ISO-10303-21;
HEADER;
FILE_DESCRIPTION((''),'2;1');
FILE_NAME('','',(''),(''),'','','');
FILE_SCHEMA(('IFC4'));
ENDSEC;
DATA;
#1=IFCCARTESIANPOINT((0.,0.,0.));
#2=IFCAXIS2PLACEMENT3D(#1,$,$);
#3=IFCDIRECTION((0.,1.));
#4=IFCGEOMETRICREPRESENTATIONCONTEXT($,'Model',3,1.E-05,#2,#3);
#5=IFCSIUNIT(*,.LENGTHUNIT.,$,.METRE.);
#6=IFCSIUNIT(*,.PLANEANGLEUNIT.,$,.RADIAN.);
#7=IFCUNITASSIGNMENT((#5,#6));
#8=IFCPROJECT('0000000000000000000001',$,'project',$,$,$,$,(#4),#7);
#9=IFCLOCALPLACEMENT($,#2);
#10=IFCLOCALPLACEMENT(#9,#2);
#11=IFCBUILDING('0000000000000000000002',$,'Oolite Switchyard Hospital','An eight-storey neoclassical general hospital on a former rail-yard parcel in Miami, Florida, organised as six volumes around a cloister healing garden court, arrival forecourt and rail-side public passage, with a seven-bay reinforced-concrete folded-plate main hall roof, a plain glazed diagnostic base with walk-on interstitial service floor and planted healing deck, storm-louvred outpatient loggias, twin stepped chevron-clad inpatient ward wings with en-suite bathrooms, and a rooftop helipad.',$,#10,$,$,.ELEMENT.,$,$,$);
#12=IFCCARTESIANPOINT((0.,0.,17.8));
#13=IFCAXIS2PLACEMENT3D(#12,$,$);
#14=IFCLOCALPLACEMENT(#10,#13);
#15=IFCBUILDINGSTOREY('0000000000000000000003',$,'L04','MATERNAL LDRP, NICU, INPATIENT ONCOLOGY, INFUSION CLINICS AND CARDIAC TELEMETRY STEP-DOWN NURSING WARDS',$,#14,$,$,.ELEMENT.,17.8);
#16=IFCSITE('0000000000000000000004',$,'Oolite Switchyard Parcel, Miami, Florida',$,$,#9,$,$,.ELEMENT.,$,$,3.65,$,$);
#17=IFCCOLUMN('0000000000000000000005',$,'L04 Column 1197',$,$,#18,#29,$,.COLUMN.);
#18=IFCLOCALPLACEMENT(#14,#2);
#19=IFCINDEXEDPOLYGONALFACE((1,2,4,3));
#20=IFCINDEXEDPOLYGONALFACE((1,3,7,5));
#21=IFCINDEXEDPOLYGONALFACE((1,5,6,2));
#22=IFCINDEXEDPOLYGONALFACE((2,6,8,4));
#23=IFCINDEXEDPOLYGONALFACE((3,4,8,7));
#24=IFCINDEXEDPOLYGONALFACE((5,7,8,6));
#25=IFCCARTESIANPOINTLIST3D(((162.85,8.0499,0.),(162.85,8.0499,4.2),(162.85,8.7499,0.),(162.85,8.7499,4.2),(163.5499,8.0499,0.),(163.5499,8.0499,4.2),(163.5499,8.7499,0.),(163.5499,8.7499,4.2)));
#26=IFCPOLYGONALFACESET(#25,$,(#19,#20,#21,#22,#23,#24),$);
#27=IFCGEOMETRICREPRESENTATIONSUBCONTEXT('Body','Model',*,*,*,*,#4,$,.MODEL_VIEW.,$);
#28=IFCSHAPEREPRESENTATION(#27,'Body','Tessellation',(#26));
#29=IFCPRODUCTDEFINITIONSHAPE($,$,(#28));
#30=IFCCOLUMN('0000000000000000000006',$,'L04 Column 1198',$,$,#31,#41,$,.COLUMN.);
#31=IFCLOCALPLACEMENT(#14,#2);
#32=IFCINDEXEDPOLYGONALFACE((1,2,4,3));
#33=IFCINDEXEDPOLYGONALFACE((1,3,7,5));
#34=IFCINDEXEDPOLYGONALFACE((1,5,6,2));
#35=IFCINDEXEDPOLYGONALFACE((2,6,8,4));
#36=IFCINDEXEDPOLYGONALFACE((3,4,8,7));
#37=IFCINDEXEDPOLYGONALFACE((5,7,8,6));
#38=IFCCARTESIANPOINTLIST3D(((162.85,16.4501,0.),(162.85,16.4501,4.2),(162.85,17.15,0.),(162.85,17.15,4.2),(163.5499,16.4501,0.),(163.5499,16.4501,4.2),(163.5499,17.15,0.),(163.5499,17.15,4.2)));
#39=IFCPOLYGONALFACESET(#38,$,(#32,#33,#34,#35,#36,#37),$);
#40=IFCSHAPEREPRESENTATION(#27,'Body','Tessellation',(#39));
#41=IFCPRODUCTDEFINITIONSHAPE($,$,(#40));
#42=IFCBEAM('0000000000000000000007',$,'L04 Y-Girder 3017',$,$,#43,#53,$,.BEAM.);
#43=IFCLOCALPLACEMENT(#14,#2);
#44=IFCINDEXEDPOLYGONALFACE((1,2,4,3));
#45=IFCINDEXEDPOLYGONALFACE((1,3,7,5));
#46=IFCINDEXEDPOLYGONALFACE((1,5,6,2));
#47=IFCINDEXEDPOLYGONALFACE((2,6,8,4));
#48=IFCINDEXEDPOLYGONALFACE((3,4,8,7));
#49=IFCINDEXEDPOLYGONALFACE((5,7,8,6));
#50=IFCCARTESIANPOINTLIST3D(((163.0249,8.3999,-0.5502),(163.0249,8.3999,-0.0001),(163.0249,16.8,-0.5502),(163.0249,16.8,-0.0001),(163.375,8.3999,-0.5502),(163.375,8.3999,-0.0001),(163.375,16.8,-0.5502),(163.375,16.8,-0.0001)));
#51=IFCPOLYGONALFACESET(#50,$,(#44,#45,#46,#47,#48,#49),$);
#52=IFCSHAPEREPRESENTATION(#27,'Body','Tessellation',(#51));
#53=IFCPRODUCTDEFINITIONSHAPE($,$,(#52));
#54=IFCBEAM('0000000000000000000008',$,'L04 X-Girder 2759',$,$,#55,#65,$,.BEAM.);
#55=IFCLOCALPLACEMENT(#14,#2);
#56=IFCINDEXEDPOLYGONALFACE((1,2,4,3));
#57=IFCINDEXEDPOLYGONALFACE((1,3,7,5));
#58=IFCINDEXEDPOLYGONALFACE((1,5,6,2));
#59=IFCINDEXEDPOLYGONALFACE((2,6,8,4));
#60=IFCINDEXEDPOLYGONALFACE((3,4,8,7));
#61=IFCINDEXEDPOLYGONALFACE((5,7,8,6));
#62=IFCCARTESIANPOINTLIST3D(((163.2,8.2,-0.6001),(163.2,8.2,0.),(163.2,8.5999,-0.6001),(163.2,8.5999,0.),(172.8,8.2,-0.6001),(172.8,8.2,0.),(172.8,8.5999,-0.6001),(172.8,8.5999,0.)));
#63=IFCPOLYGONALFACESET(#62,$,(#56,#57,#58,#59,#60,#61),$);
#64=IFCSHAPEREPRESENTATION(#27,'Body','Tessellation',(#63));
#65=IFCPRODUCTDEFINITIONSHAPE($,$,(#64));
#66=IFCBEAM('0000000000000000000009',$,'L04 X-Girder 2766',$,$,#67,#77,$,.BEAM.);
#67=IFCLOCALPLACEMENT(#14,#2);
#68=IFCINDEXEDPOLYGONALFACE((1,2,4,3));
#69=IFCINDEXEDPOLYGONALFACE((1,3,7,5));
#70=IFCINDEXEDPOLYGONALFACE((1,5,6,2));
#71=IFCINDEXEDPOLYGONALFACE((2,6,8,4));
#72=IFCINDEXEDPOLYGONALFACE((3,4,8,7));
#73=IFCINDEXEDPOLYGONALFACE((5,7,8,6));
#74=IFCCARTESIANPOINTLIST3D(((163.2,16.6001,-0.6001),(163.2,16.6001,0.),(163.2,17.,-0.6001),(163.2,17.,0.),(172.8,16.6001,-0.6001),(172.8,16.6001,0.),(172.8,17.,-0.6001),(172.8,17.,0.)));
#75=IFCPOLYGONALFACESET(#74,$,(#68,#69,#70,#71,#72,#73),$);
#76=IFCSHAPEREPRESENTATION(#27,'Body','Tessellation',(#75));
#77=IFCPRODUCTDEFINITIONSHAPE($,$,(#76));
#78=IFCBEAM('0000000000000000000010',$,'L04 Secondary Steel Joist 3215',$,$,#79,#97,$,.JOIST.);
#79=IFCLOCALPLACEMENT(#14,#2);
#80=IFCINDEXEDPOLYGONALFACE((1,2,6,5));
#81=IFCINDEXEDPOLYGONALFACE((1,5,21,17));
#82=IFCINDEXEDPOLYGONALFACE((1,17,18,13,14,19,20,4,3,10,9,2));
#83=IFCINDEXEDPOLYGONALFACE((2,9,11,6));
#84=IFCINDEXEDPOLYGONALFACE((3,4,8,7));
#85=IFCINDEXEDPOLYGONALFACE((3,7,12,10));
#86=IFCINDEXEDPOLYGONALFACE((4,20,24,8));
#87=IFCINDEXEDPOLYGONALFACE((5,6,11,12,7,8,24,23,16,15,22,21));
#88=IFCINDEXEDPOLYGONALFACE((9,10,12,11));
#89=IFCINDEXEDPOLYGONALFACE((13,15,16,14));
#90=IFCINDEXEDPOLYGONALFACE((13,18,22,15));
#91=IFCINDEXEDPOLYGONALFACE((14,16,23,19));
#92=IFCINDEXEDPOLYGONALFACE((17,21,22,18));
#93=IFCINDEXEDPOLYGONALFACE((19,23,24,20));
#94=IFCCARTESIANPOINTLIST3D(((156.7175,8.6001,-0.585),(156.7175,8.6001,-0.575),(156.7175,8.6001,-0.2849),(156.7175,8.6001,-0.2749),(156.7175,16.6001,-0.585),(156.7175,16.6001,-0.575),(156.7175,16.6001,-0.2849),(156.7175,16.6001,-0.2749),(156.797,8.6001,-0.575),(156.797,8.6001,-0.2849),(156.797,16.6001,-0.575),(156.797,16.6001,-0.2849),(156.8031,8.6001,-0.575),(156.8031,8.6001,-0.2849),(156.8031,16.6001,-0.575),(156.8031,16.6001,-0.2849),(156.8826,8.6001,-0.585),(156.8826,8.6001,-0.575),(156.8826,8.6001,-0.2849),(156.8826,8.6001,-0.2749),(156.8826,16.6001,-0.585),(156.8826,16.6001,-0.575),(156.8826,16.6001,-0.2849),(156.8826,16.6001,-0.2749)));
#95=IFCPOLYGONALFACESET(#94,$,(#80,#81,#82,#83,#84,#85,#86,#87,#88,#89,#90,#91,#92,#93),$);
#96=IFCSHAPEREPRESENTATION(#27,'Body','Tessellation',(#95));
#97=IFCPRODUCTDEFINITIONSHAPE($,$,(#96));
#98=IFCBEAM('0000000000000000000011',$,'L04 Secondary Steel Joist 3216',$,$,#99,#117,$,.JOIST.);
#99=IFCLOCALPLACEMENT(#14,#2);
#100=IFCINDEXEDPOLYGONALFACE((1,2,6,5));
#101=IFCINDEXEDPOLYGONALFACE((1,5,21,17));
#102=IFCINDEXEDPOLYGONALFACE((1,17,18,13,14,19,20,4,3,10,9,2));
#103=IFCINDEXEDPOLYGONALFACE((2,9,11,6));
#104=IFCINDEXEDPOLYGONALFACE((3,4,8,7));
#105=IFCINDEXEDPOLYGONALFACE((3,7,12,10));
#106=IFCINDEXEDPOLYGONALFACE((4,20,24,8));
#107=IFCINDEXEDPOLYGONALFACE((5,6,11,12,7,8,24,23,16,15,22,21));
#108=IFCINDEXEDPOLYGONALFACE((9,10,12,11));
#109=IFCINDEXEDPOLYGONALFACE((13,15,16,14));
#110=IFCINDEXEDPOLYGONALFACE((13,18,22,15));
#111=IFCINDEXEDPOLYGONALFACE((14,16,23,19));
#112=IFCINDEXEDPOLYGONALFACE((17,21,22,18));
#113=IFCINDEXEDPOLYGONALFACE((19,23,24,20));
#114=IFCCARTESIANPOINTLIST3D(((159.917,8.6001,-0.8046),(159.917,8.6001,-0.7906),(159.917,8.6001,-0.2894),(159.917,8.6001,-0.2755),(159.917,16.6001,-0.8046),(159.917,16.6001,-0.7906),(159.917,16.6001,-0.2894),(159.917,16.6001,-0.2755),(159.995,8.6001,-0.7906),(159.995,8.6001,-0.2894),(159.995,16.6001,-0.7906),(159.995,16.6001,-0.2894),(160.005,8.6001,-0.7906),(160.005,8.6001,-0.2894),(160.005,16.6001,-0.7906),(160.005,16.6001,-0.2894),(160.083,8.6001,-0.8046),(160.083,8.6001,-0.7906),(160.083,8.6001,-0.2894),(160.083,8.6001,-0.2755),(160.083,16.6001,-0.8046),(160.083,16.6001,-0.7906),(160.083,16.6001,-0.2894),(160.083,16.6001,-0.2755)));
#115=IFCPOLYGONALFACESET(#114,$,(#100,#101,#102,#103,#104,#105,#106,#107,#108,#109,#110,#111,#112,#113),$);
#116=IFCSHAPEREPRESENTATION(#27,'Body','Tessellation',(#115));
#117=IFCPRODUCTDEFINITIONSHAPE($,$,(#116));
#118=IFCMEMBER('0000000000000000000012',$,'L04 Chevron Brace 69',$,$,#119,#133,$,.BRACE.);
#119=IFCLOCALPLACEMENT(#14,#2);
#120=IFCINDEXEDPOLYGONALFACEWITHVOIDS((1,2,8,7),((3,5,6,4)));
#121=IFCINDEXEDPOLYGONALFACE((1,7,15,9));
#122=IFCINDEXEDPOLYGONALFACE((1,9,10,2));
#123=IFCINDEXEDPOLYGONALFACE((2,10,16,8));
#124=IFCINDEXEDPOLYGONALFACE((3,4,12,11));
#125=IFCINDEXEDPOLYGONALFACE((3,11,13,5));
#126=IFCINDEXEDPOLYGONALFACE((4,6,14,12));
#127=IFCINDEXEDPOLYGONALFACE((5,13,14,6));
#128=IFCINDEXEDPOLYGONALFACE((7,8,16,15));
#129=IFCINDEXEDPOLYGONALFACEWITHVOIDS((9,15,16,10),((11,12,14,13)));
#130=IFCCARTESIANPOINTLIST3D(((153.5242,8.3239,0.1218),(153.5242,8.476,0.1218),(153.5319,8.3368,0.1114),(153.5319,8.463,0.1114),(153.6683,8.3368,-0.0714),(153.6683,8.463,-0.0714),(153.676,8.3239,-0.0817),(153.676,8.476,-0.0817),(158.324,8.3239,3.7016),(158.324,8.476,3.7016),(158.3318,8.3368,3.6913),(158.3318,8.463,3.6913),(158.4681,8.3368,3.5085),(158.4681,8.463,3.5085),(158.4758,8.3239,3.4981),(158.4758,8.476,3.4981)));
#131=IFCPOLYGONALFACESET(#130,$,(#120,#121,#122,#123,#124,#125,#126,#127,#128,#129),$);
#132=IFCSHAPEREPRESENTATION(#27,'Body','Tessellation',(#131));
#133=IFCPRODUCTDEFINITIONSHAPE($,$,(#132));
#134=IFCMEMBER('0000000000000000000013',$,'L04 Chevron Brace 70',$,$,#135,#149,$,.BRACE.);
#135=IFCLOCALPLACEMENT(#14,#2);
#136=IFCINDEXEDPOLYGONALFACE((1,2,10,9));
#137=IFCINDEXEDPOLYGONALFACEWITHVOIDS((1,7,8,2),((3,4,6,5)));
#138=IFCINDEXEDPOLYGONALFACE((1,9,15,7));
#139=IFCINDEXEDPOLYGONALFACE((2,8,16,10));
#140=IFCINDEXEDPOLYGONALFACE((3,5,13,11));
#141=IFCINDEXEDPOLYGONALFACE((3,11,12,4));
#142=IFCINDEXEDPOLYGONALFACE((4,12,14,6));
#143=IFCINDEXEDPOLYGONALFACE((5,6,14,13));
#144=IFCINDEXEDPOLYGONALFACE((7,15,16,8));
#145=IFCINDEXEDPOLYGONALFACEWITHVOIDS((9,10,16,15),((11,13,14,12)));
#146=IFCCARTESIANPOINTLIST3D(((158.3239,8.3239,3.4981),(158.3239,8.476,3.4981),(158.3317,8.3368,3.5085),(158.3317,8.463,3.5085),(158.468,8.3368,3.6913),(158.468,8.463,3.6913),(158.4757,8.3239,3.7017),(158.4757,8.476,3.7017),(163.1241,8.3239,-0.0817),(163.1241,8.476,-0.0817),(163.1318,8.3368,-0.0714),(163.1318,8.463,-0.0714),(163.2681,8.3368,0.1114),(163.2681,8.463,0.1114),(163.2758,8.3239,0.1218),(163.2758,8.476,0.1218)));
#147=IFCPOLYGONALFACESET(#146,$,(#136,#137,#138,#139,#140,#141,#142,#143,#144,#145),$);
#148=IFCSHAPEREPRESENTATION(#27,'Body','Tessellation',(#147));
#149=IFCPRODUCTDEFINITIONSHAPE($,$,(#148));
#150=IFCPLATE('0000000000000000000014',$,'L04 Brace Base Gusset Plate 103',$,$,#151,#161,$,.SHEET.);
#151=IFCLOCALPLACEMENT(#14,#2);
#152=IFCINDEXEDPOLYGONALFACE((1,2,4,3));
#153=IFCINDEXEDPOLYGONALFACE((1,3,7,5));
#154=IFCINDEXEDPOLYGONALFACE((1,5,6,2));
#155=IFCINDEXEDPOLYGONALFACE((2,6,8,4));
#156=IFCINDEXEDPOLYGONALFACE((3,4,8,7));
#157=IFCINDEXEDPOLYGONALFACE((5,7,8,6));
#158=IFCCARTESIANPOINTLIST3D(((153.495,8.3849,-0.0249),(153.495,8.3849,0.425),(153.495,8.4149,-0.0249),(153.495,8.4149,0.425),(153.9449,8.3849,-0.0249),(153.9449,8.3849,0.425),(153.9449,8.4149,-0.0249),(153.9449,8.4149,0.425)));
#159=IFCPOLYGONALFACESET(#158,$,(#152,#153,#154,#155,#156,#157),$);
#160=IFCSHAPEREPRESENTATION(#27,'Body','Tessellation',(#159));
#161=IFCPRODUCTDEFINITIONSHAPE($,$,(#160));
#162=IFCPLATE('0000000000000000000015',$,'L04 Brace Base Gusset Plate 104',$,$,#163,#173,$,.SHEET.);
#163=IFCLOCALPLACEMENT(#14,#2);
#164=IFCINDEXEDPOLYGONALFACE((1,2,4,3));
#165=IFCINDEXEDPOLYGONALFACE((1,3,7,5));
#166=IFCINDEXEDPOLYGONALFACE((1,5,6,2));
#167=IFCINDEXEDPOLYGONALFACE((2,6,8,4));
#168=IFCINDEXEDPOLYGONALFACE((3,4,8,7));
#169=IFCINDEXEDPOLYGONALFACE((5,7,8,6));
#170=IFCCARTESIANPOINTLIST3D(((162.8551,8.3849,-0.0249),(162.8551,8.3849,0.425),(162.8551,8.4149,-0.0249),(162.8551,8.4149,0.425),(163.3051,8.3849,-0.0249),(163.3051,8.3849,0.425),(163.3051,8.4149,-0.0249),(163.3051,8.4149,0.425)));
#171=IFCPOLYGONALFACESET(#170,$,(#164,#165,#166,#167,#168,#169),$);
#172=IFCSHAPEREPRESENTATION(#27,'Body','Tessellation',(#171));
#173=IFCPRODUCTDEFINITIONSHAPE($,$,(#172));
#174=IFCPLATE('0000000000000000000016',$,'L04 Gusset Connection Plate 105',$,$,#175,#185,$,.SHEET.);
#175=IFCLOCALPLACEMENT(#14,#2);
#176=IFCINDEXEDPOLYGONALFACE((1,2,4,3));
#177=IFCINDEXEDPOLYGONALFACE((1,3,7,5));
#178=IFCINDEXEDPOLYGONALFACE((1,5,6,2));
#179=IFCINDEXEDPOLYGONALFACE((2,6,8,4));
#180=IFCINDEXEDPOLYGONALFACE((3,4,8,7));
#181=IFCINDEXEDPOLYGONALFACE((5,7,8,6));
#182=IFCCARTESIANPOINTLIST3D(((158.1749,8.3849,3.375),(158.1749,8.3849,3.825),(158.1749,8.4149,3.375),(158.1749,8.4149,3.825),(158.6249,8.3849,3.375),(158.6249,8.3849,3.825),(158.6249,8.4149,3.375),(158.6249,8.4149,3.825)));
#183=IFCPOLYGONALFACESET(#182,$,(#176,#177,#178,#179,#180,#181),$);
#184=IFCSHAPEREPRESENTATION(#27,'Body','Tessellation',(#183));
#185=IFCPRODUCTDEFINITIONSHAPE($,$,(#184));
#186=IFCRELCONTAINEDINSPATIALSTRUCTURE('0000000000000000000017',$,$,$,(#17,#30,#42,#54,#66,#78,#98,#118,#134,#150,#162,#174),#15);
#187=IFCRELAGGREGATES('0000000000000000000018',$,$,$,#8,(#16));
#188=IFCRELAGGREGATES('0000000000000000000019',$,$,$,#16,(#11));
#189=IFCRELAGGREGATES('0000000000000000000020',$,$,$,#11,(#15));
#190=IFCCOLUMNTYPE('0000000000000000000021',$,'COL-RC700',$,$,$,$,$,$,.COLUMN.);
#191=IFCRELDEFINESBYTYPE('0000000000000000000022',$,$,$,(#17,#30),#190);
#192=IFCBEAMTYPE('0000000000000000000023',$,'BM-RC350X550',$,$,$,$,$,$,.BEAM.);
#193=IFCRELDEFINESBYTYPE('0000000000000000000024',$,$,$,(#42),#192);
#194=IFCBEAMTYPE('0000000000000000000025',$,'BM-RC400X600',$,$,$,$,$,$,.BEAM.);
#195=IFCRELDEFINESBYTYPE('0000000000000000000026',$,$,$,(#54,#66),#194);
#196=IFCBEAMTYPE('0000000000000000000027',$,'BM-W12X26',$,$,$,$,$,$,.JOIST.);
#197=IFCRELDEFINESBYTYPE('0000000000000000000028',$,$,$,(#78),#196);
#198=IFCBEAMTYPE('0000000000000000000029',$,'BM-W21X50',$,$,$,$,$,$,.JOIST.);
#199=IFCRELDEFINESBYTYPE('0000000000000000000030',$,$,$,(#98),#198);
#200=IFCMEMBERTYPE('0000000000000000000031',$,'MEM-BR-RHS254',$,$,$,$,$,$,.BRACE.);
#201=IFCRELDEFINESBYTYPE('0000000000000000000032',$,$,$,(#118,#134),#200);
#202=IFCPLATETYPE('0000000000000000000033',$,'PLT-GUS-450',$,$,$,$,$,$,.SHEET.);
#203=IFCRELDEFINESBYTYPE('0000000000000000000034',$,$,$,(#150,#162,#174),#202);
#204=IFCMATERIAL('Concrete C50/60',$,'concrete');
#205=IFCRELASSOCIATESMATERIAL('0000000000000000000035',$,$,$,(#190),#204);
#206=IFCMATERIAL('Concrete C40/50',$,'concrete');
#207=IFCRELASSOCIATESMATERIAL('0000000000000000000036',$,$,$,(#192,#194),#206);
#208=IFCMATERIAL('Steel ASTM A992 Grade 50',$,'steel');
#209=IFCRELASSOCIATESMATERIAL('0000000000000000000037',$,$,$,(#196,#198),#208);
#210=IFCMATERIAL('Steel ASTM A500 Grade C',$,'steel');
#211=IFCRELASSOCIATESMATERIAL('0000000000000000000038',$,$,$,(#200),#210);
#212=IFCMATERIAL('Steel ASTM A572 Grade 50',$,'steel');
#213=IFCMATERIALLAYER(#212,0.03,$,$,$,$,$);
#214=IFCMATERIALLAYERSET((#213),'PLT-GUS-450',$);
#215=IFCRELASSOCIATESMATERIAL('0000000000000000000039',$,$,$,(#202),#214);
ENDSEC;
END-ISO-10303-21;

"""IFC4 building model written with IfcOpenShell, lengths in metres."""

from ifc_helpers import new_model, si_unit, direction, frame, origin, origin_2d, place, context, subcontext, project, spatial, rectangle, hollow_rectangle, i_section, extrude, material, layer, layer_set, material_profile, profile_set, type_object, element, save


model = new_model("IFC4")

# Units and contexts
model_context = context("Model", 3, precision=1e-05, world=origin(), true_north=direction((0.0, 1.0)))
body_context = subcontext(model_context, "Body", "Model", "MODEL_VIEW")
ifc_project = project(units=[si_unit("LENGTHUNIT", "METRE"), si_unit("PLANEANGLEUNIT", "RADIAN")], contexts=[model_context])

# Site, building, storey
site_placement = place(None, origin())
site = spatial("IfcSite", under=ifc_project, at=site_placement, Name="Oolite Switchyard Parcel, Miami, Florida", CompositionType="ELEMENT", RefElevation=3.65)
building_placement = place(site_placement, origin())
building = spatial("IfcBuilding", under=site, at=building_placement, Name="Oolite Switchyard Hospital", Description="An eight-storey neoclassical general hospital on a former rail-yard parcel in Miami, Florida, organised as six volumes around a cloister healing garden court, arrival forecourt and rail-side public passage, with a seven-bay reinforced-concrete folded-plate main hall roof, a plain glazed diagnostic base with walk-on interstitial service floor and planted healing deck, storm-louvred outpatient loggias, twin stepped chevron-clad inpatient ward wings with en-suite bathrooms, and a rooftop helipad.", CompositionType="ELEMENT")
storey_placement = place(building_placement, frame((0.0, 0.0, 17.8)))
storey = spatial("IfcBuildingStorey", under=building, at=storey_placement, Name="L04", Description="MATERNAL LDRP, NICU, INPATIENT ONCOLOGY, INFUSION CLINICS AND CARDIAC TELEMETRY STEP-DOWN NURSING WARDS", CompositionType="ELEMENT", Elevation=17.8)

# Columns
ifc_material_1 = material(Name="Concrete C50/60", Category="concrete")
ifc_material_profile_1 = material_profile(ifc_material_1, rectangle(XDim=0.7, YDim=0.7, at=origin_2d()), Name="RC700X700")
ifc_profile_set_1 = profile_set([ifc_material_profile_1], Name="Concrete C50/60")
column_type = type_object("IfcColumnType", Name="COL-RC700", PredefinedType="COLUMN", material=ifc_profile_set_1)
for number, where, z_axis, x_axis, name in (
    (1, (163.2, 8.3999, 0.0), (0.0, 0.0, 1.0), (1.0, 0.0, 0.0), "L04 Column 1197"),
    (2, (163.2, 16.8, 0.0), (0.0, 0.0, 1.0), (1.0, 0.0, 0.0), "L04 Column 1198"),
):
    element("IfcColumn", number, at=place(storey_placement, frame(where, z_axis=z_axis, x_axis=x_axis)), inside=storey, type_object=column_type, Name=name, PredefinedType="COLUMN", context=body_context, shape_type="SweptSolid", body=[
        extrude(rectangle(XDim=0.7, YDim=0.7, at=origin_2d()), origin(), (0.0, 0.0, 1.0), 4.2),
    ])

# Beams
ifc_material_2 = material(Name="Concrete C40/50", Category="concrete")
ifc_material_profile_2 = material_profile(ifc_material_2, rectangle(XDim=0.3501, YDim=0.55, at=origin_2d()), Name="RCB350X550")
ifc_profile_set_2 = profile_set([ifc_material_profile_2], Name="Concrete C40/50")
beam_type_1 = type_object("IfcBeamType", Name="BM-RC350X550", PredefinedType="BEAM", material=ifc_profile_set_2)
beam_1_placement = place(storey_placement, frame((163.2, 8.3999, -0.2751), z_axis=(0.0, 1.0, 0.0), x_axis=(-1.0, 0.0, 0.0)))
element("IfcBeam", 3, at=beam_1_placement, inside=storey, type_object=beam_type_1, Name="L04 Y-Girder 3017", PredefinedType="BEAM", context=body_context, shape_type="SweptSolid", body=[
    extrude(rectangle(XDim=0.3501, YDim=0.55, at=origin_2d()), origin(), (0.0, 0.0, 1.0), 8.4001),
])
ifc_material_profile_3 = material_profile(ifc_material_2, rectangle(XDim=0.3999, YDim=0.6001, at=origin_2d()), Name="RCB400X600")
ifc_profile_set_3 = profile_set([ifc_material_profile_3], Name="Concrete C40/50")
beam_type_2 = type_object("IfcBeamType", Name="BM-RC400X600", PredefinedType="BEAM", material=ifc_profile_set_3)
for number, where, z_axis, x_axis, name in (
    (4, (163.2, 8.3999, -0.3), (1.0, 0.0, 0.0), (0.0, 1.0, 0.0), "L04 X-Girder 2759"),
    (5, (163.2, 16.8, -0.3), (1.0, 0.0, 0.0), (0.0, 1.0, 0.0), "L04 X-Girder 2766"),
):
    element("IfcBeam", number, at=place(storey_placement, frame(where, z_axis=z_axis, x_axis=x_axis)), inside=storey, type_object=beam_type_2, Name=name, PredefinedType="BEAM", context=body_context, shape_type="SweptSolid", body=[
        extrude(rectangle(XDim=0.3999, YDim=0.6001, at=origin_2d()), origin(), (0.0, 0.0, 1.0), 9.6001),
    ])
ifc_material_3 = material(Name="Steel ASTM A992 Grade 50", Category="steel")
ifc_material_profile_4 = material_profile(ifc_material_3, i_section(OverallWidth=0.165, OverallDepth=0.3101, WebThickness=0.0061, FlangeThickness=0.01, at=origin_2d()), Name="W12X26")
ifc_profile_set_4 = profile_set([ifc_material_profile_4], Name="Steel ASTM A992 Grade 50")
beam_type_3 = type_object("IfcBeamType", Name="BM-W12X26", PredefinedType="JOIST", material=ifc_profile_set_4)
beam_2_placement = place(storey_placement, frame((156.8, 8.6001, -0.4299), z_axis=(0.0, 1.0, 0.0), x_axis=(-1.0, 0.0, 0.0)))
element("IfcBeam", 6, at=beam_2_placement, inside=storey, type_object=beam_type_3, Name="L04 Secondary Steel Joist 3215", PredefinedType="JOIST", context=body_context, shape_type="SweptSolid", body=[
    extrude(i_section(OverallWidth=0.165, OverallDepth=0.3101, WebThickness=0.0061, FlangeThickness=0.01, at=origin_2d()), origin(), (0.0, 0.0, 1.0), 8.0),
])
ifc_material_profile_5 = material_profile(ifc_material_3, i_section(OverallWidth=0.166, OverallDepth=0.5291, WebThickness=0.01, FlangeThickness=0.0139, at=origin_2d()), Name="W21X50")
ifc_profile_set_5 = profile_set([ifc_material_profile_5], Name="Steel ASTM A992 Grade 50")
beam_type_4 = type_object("IfcBeamType", Name="BM-W21X50", PredefinedType="JOIST", material=ifc_profile_set_5)
beam_3_placement = place(storey_placement, frame((160.0, 8.6001, -0.54), z_axis=(0.0, 1.0, 0.0), x_axis=(-1.0, 0.0, 0.0)))
element("IfcBeam", 7, at=beam_3_placement, inside=storey, type_object=beam_type_4, Name="L04 Secondary Steel Joist 3216", PredefinedType="JOIST", context=body_context, shape_type="SweptSolid", body=[
    extrude(i_section(OverallWidth=0.166, OverallDepth=0.5291, WebThickness=0.01, FlangeThickness=0.0139, at=origin_2d()), origin(), (0.0, 0.0, 1.0), 8.0),
])

# Members
ifc_material_4 = material(Name="Steel ASTM A500 Grade C", Category="steel")
ifc_material_profile_6 = material_profile(ifc_material_4, hollow_rectangle(XDim=0.1521, YDim=0.2539, WallThickness=0.0129, at=origin_2d()), Name="HSS254X152X13")
ifc_profile_set_6 = profile_set([ifc_material_profile_6], Name="Steel ASTM A500 Grade C")
member_type = type_object("IfcMemberType", Name="MEM-BR-RHS254", PredefinedType="BRACE", material=ifc_profile_set_6)
member_1_placement = place(storey_placement, frame((153.6001, 8.3999, 0.02), z_axis=(0.801602, 0.0, 0.597858), x_axis=(0.0, 1.0, 0.0)))
element("IfcMember", 8, at=member_1_placement, inside=storey, type_object=member_type, Name="L04 Chevron Brace 69", PredefinedType="BRACE", context=body_context, shape_type="SweptSolid", body=[
    extrude(hollow_rectangle(XDim=0.1521, YDim=0.2539, WallThickness=0.0129, at=origin_2d()), origin(), (0.0, 0.0, 1.0), 5.9878),
])
member_2_placement = place(storey_placement, frame((163.2, 8.3999, 0.02), z_axis=(-0.801617, 0.0, 0.597839), x_axis=(0.0, -1.0, 0.0)))
element("IfcMember", 9, at=member_2_placement, inside=storey, type_object=member_type, Name="L04 Chevron Brace 70", PredefinedType="BRACE", context=body_context, shape_type="SweptSolid", body=[
    extrude(hollow_rectangle(XDim=0.1521, YDim=0.2539, WallThickness=0.0129, at=origin_2d()), origin(), (0.0, 0.0, 1.0), 5.988),
])

# Plates
ifc_material_5 = material(Name="Steel ASTM A572 Grade 50", Category="steel")
ifc_layer_1 = layer(ifc_material_5, 0.03)
ifc_layer_set_1 = layer_set([ifc_layer_1], Name="PLT-GUS-450")
plate_type = type_object("IfcPlateType", Name="PLT-GUS-450", PredefinedType="SHEET", material=ifc_layer_set_1)
for number, where, z_axis, x_axis, name in (
    (10, (153.72, 8.3999, -0.0249), (0.0, 0.0, 1.0), (1.0, 0.0, 0.0), "L04 Brace Base Gusset Plate 103"),
    (11, (163.0801, 8.3999, -0.0249), (0.0, 0.0, 1.0), (1.0, 0.0, 0.0), "L04 Brace Base Gusset Plate 104"),
    (12, (158.3999, 8.3999, 3.375), (0.0, 0.0, 1.0), (1.0, 0.0, 0.0), "L04 Gusset Connection Plate 105"),
):
    element("IfcPlate", number, at=place(storey_placement, frame(where, z_axis=z_axis, x_axis=x_axis)), inside=storey, type_object=plate_type, Name=name, PredefinedType="SHEET", context=body_context, shape_type="SweptSolid", body=[
        extrude(rectangle(XDim=0.45, YDim=0.03, at=origin_2d()), origin(), (0.0, 0.0, 1.0), 0.45),
    ])

save(model, "model.ifc")
